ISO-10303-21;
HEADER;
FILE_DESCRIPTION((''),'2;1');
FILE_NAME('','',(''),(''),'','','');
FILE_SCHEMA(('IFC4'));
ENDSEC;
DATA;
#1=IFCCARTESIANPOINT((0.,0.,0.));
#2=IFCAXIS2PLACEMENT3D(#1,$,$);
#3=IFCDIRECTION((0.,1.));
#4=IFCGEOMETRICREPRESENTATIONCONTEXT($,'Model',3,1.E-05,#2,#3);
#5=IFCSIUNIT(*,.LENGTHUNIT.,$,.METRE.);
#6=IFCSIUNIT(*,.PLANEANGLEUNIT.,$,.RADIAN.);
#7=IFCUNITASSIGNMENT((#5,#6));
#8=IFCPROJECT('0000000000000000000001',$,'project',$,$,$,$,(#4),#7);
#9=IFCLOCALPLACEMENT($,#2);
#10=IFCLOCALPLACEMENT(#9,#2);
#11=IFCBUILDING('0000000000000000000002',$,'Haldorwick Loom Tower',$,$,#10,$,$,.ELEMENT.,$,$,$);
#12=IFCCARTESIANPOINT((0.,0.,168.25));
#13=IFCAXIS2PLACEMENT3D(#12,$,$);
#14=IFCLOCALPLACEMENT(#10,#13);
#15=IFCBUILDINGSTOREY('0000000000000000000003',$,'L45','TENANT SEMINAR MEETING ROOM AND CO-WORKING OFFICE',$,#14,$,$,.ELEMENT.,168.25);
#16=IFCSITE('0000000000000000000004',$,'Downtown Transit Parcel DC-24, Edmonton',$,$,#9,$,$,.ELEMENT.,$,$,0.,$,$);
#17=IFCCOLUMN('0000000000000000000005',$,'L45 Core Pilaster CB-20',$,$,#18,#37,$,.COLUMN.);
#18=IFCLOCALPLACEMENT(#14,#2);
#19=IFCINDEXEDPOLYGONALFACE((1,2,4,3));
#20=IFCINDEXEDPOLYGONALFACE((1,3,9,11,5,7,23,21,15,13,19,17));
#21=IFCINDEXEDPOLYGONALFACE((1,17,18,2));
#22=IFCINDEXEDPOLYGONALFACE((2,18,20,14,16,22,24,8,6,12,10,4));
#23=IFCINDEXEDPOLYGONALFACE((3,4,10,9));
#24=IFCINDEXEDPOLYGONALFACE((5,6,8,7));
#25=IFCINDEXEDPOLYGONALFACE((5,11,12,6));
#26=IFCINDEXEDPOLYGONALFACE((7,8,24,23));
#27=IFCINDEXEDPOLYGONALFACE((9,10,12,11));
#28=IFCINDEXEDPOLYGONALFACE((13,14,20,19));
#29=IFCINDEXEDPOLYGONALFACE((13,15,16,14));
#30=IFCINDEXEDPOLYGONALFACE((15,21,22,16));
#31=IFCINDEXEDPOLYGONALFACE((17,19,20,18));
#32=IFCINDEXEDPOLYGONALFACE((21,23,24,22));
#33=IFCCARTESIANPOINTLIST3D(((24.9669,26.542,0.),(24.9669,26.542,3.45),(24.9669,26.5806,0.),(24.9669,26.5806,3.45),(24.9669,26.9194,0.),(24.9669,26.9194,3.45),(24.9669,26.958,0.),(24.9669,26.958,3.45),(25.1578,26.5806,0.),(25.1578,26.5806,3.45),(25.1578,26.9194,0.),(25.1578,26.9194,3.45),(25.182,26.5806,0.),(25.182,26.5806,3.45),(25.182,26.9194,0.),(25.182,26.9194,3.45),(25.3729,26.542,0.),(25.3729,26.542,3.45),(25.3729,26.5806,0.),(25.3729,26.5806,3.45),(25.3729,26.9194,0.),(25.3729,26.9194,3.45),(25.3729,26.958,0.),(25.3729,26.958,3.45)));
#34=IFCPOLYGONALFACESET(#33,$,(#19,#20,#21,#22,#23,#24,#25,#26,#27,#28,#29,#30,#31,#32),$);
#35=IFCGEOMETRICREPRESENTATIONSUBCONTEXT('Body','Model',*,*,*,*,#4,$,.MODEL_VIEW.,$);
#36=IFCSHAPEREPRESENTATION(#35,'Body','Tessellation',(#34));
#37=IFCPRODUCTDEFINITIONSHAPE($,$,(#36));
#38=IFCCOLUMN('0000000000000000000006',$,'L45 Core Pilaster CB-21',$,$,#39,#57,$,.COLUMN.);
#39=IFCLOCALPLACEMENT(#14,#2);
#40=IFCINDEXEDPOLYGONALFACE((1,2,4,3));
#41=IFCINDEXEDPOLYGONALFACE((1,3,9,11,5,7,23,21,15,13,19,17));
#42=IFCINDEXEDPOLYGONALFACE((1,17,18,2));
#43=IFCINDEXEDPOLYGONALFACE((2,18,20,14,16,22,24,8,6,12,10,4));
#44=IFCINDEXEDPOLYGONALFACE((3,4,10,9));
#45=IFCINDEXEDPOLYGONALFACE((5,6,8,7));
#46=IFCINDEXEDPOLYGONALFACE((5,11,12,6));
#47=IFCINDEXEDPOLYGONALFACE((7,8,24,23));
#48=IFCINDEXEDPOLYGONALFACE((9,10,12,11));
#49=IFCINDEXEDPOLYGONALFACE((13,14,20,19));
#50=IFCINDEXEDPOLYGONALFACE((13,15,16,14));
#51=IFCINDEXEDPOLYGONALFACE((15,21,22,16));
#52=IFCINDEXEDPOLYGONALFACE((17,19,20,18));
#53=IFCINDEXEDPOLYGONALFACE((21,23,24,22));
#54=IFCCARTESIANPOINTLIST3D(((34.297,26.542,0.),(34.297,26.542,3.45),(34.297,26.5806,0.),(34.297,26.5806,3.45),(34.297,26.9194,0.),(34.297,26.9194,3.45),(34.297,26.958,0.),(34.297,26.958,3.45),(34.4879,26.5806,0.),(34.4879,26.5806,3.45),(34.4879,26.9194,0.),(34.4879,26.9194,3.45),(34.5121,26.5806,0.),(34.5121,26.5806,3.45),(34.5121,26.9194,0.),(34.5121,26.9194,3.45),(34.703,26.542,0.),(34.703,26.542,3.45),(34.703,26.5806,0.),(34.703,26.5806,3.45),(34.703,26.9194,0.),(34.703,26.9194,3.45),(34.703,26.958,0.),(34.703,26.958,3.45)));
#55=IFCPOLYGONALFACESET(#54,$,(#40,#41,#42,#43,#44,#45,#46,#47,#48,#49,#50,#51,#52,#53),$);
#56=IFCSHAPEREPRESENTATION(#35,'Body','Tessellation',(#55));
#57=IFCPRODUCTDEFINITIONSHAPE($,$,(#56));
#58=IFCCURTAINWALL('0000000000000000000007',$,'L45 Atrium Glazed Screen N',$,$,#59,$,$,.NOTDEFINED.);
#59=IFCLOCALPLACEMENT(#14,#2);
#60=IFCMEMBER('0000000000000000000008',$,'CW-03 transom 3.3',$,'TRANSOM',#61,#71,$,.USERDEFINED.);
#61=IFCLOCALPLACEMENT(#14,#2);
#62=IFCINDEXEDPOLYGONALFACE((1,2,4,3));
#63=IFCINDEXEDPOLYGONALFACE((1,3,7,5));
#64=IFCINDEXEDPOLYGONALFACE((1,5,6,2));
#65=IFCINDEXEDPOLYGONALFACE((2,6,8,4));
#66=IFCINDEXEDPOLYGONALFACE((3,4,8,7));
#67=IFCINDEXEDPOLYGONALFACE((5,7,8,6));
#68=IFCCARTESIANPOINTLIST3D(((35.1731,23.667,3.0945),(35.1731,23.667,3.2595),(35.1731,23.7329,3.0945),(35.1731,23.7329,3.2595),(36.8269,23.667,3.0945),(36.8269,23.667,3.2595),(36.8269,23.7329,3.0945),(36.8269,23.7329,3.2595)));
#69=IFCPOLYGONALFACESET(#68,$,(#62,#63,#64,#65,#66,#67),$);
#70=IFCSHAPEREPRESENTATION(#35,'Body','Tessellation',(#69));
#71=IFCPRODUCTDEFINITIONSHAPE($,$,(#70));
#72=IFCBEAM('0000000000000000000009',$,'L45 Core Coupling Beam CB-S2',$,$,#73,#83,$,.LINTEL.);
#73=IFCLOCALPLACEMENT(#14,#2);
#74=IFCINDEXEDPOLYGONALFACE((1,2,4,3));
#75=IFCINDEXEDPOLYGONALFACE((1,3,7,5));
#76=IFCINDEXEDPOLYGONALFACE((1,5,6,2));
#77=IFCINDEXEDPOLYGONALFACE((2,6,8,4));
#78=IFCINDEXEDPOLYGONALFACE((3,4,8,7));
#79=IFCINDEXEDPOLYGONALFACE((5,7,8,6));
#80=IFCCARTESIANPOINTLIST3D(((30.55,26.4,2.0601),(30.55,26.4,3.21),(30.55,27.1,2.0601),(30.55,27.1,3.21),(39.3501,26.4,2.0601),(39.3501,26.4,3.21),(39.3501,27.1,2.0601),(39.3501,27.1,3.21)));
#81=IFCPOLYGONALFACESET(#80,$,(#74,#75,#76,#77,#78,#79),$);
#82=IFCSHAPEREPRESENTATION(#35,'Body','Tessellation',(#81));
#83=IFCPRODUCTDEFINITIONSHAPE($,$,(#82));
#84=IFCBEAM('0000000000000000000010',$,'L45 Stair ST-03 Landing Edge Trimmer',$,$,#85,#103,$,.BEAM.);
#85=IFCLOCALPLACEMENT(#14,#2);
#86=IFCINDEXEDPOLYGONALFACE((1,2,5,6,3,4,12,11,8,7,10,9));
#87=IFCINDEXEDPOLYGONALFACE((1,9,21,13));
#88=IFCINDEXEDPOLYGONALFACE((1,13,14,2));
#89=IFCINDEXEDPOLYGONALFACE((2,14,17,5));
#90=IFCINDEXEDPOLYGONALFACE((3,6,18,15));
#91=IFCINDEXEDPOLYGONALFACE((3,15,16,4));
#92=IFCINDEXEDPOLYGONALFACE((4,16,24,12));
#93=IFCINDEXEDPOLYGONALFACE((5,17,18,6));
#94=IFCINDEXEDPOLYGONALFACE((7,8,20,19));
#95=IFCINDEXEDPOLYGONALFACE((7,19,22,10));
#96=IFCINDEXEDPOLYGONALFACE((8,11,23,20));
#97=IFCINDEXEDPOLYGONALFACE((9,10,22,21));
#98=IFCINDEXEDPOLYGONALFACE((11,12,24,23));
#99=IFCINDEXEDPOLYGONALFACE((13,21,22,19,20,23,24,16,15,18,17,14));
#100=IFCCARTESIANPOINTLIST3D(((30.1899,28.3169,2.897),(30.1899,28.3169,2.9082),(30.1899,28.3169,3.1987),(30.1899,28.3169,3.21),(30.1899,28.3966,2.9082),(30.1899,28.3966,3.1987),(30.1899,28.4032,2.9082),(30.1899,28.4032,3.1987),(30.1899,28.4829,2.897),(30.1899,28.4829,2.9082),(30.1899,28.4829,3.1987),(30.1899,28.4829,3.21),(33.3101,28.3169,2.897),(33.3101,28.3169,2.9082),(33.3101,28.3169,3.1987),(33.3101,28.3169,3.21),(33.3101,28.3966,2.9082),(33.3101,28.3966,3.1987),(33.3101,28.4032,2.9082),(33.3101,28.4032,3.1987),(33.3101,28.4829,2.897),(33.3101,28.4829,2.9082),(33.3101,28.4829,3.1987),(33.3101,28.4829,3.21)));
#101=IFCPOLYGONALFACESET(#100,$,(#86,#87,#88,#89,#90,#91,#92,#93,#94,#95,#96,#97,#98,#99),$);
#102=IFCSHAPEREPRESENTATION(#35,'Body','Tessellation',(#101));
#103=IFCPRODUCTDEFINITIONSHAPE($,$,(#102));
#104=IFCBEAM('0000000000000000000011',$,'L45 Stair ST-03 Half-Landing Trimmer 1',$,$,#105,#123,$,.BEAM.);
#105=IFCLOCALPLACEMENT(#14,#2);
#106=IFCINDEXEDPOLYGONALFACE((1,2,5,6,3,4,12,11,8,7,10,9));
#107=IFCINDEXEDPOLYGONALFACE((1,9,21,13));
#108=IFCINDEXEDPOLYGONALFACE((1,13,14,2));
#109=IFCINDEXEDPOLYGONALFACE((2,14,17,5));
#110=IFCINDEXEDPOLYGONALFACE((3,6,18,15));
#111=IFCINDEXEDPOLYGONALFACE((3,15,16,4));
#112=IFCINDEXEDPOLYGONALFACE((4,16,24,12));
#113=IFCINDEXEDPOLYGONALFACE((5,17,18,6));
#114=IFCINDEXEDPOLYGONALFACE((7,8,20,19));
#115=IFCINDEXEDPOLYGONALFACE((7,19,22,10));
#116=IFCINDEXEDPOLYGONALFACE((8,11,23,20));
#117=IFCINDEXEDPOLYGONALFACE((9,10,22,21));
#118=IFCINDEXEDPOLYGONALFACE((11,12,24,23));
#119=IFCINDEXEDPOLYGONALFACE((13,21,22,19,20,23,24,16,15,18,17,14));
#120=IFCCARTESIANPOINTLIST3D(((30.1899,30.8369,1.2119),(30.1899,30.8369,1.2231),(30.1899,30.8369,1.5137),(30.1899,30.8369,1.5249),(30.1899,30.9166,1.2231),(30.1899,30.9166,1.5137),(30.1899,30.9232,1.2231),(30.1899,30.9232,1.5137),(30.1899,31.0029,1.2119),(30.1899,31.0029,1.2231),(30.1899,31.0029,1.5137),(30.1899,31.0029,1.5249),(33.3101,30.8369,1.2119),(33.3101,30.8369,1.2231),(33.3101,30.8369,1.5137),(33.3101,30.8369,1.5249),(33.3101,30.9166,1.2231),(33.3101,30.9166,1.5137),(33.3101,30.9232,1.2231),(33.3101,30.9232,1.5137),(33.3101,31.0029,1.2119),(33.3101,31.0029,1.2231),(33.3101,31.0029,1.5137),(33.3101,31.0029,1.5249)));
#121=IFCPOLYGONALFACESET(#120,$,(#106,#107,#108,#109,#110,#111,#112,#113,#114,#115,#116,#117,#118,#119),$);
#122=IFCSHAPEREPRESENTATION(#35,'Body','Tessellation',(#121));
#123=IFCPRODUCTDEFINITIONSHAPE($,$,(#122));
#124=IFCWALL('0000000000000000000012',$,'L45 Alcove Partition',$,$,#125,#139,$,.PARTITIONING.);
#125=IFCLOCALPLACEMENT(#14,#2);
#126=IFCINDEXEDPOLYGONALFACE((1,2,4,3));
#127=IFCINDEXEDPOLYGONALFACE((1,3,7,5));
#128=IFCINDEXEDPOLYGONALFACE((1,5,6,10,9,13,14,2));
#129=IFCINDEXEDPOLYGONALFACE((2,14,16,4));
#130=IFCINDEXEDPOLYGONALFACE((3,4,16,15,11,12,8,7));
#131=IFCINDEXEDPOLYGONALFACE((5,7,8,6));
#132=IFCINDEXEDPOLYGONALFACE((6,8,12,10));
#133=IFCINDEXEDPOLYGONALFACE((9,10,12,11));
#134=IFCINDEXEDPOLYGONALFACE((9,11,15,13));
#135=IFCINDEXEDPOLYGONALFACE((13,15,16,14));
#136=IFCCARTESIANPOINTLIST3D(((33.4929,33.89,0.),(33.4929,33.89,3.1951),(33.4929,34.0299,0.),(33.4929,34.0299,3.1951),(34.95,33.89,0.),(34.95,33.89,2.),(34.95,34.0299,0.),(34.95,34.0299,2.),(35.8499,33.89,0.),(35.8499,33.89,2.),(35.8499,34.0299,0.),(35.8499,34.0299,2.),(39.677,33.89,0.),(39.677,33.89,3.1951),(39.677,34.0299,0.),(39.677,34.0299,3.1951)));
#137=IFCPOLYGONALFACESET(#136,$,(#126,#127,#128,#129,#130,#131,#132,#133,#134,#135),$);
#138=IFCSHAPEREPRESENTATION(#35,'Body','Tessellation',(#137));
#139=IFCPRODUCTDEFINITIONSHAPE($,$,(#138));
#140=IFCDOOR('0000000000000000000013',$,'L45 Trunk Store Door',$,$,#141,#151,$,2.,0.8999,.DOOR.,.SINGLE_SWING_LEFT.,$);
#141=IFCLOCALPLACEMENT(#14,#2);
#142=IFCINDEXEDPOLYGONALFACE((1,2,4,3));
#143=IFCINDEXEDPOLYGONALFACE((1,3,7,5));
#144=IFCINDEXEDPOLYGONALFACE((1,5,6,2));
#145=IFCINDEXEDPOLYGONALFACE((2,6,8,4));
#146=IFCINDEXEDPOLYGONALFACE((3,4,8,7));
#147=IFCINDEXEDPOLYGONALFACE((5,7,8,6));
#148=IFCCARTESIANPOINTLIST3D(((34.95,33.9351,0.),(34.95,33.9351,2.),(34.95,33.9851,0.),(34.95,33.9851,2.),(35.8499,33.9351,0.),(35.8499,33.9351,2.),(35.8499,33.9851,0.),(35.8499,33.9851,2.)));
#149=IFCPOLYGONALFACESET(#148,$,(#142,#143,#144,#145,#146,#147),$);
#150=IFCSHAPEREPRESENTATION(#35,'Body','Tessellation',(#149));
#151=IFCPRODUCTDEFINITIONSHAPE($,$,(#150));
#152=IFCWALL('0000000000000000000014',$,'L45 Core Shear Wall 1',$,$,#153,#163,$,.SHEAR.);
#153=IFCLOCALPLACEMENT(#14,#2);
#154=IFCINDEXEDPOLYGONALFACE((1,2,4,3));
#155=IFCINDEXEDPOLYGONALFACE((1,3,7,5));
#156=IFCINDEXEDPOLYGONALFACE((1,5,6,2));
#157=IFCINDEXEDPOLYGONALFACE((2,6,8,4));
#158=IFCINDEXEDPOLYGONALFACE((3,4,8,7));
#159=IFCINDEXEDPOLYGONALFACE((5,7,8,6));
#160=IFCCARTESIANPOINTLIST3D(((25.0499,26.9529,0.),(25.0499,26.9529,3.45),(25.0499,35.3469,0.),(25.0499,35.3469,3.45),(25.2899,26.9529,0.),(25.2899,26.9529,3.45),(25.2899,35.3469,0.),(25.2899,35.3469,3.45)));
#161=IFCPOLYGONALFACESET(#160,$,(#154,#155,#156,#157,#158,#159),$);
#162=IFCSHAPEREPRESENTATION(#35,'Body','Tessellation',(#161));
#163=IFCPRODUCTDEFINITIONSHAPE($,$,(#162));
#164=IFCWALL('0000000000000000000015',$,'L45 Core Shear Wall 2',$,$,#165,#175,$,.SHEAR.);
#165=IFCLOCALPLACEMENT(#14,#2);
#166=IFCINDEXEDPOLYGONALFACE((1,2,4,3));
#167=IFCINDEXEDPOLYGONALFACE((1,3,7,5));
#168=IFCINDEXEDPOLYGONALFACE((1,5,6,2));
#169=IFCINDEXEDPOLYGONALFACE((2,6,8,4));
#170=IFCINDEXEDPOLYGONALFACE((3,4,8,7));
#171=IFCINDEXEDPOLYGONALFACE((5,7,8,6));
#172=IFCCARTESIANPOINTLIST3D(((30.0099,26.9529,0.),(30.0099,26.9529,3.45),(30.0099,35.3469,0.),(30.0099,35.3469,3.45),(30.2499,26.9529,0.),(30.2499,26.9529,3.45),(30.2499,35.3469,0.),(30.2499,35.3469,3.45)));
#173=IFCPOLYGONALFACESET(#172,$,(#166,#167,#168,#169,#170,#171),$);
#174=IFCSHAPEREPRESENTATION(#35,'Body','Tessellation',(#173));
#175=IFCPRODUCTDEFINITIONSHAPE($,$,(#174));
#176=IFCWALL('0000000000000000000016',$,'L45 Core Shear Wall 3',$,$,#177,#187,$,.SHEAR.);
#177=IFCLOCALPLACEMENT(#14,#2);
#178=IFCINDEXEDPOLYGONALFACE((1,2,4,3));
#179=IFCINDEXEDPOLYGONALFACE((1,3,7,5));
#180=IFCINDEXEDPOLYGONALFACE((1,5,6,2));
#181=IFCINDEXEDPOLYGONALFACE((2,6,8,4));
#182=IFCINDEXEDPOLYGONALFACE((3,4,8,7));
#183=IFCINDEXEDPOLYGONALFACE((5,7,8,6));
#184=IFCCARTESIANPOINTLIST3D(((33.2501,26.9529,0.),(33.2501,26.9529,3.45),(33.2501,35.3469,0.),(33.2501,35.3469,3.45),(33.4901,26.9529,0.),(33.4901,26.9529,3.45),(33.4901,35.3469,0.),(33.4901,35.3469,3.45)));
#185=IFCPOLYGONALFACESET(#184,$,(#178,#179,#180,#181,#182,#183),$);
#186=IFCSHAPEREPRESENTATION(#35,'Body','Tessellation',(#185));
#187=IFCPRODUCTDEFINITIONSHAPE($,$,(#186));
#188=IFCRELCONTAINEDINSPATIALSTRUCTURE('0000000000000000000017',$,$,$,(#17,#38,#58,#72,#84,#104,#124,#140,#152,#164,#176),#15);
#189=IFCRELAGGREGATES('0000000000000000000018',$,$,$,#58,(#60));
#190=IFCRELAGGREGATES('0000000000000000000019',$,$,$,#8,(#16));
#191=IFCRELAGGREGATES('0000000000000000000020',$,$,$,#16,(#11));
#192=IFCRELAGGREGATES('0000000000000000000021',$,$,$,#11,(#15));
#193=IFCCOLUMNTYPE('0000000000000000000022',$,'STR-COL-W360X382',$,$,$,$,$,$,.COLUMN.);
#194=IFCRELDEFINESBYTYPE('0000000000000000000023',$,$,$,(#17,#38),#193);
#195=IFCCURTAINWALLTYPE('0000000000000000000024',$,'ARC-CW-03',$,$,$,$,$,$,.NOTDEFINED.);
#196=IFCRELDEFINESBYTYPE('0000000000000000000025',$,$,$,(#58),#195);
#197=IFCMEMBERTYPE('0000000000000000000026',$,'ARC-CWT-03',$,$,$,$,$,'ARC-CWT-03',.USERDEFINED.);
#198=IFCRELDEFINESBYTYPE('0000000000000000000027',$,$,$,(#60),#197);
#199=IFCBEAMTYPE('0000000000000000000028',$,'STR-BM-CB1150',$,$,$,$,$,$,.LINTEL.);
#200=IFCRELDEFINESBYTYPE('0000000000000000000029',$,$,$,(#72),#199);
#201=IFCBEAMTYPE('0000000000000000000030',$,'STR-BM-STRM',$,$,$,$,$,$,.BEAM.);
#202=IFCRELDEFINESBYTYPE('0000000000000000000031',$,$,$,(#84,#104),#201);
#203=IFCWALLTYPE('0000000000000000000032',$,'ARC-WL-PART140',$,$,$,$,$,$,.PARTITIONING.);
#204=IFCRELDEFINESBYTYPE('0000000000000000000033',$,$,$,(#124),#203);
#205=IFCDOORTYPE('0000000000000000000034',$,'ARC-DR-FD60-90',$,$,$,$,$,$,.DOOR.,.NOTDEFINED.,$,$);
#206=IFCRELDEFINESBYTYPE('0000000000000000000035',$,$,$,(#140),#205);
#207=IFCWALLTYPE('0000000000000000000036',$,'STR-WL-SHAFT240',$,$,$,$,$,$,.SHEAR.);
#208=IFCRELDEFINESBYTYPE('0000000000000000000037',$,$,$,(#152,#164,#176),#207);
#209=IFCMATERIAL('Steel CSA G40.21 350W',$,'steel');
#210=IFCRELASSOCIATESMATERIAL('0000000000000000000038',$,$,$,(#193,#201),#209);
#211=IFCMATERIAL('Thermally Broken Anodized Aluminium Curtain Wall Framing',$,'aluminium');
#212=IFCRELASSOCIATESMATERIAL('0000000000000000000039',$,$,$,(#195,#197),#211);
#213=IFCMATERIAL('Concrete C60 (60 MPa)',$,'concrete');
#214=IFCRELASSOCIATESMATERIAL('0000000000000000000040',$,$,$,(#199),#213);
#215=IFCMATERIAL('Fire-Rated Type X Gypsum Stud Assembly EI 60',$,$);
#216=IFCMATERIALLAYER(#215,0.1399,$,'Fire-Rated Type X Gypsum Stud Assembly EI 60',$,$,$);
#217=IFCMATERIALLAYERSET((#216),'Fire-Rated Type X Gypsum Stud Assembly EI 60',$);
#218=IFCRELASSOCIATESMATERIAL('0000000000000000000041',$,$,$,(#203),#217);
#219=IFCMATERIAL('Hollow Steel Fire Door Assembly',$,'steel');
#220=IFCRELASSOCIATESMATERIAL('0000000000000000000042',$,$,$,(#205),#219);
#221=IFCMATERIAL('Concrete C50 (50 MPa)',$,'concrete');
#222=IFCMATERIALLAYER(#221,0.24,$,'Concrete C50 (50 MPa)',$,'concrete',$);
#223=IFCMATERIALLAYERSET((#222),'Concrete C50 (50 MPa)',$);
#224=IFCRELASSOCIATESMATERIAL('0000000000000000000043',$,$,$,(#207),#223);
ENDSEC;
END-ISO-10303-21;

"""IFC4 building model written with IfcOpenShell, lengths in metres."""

from ifc_helpers import new_model, si_unit, direction, frame, frame_2d, origin, origin_2d, place, context, subcontext, project, spatial, rectangle, i_section, extrude, material, layer, layer_set, material_profile, profile_set, type_object, element, fill, aggregate, save


model = new_model("IFC4")

# Units and contexts
model_context = context("Model", 3, precision=1e-05, world=origin(), true_north=direction((0.0, 1.0)))
body_context = subcontext(model_context, "Body", "Model", "MODEL_VIEW")
ifc_project = project(units=[si_unit("LENGTHUNIT", "METRE"), si_unit("PLANEANGLEUNIT", "RADIAN")], contexts=[model_context])

# Site, building, storey
site_placement = place(None, origin())
site = spatial("IfcSite", under=ifc_project, at=site_placement, Name="Downtown Transit Parcel DC-24, Edmonton", CompositionType="ELEMENT", RefElevation=0.0)
building_placement = place(site_placement, origin())
building = spatial("IfcBuilding", under=site, at=building_placement, Name="Haldorwick Loom Tower", CompositionType="ELEMENT")
storey_placement = place(building_placement, frame((0.0, 0.0, 168.25)))
storey = spatial("IfcBuildingStorey", under=building, at=storey_placement, Name="L45", Description="TENANT SEMINAR MEETING ROOM AND CO-WORKING OFFICE", CompositionType="ELEMENT", Elevation=168.25)

# Columns
ifc_material_1 = material(Name="Steel CSA G40.21 350W", Category="steel")
ifc_material_profile_1 = material_profile(ifc_material_1, i_section(OverallWidth=0.406, OverallDepth=0.416, WebThickness=0.0242, FlangeThickness=0.0386, at=origin_2d()), Name="W360X382", Category="steel")
ifc_profile_set_1 = profile_set([ifc_material_profile_1], Name="Steel CSA G40.21 350W")
column_type = type_object("IfcColumnType", Name="STR-COL-W360X382", PredefinedType="COLUMN", material=ifc_profile_set_1)
for number, where, z_axis, x_axis, name in (
    (1, (25.1699, 26.75, 0.0), (0.0, 0.0, 1.0), (1.0, 0.0, 0.0), "L45 Core Pilaster CB-20"),
    (2, (34.5, 26.75, 0.0), (0.0, 0.0, 1.0), (1.0, 0.0, 0.0), "L45 Core Pilaster CB-21"),
):
    element("IfcColumn", number, at=place(storey_placement, frame(where, z_axis=z_axis, x_axis=x_axis)), inside=storey, type_object=column_type, Name=name, PredefinedType="COLUMN", context=body_context, shape_type="SweptSolid", body=[
        extrude(i_section(OverallWidth=0.406, OverallDepth=0.416, WebThickness=0.0242, FlangeThickness=0.0386, at=origin_2d()), origin(), (0.0, 0.0, 1.0), 3.45),
    ])

# Curtain wall, member
ifc_material_2 = material(Name="Thermally Broken Anodized Aluminium Curtain Wall Framing", Category="aluminium")
curtain_wall_type = type_object("IfcCurtainWallType", Name="ARC-CW-03", PredefinedType="NOTDEFINED", material=ifc_material_2)
curtain_wall_placement = place(storey_placement, origin())
curtain_wall = element("IfcCurtainWall", 3, at=curtain_wall_placement, inside=storey, type_object=curtain_wall_type, Name="L45 Atrium Glazed Screen N", PredefinedType="NOTDEFINED")
ifc_material_profile_2 = material_profile(ifc_material_2, rectangle(XDim=0.0659, YDim=0.165, at=origin_2d()), Name="ALU_TRN_66X165", Category="aluminium")
ifc_profile_set_2 = profile_set([ifc_material_profile_2], Name="Thermally Broken Anodized Aluminium Curtain Wall Framing")
member_type = type_object("IfcMemberType", Name="ARC-CWT-03", ElementType="ARC-CWT-03", PredefinedType="USERDEFINED", material=ifc_profile_set_2)
member_placement = place(storey_placement, frame((35.1731, 23.7, 3.177), z_axis=(1.0, 0.0, 0.0), x_axis=(0.0, 1.0, 0.0)))
member = element("IfcMember", 4, at=member_placement, type_object=member_type, Name="CW-03 transom 3.3", ObjectType="TRANSOM", PredefinedType="USERDEFINED", context=body_context, shape_type="SweptSolid", body=[
    extrude(rectangle(XDim=0.0659, YDim=0.165, at=origin_2d()), origin(), (0.0, 0.0, 1.0), 1.6538),
])
aggregate(curtain_wall, [member])

# Beams
ifc_material_3 = material(Name="Concrete C60 (60 MPa)", Category="concrete")
ifc_material_profile_3 = material_profile(ifc_material_3, rectangle(XDim=0.7, YDim=1.1499, at=origin_2d()), Name="RC700X1150", Category="concrete")
ifc_profile_set_3 = profile_set([ifc_material_profile_3], Name="Concrete C60 (60 MPa)")
beam_type_1 = type_object("IfcBeamType", Name="STR-BM-CB1150", PredefinedType="LINTEL", material=ifc_profile_set_3)
beam_placement = place(storey_placement, frame((30.55, 26.75, 2.635), z_axis=(1.0, 0.0, 0.0), x_axis=(0.0, 1.0, 0.0)))
element("IfcBeam", 5, at=beam_placement, inside=storey, type_object=beam_type_1, Name="L45 Core Coupling Beam CB-S2", PredefinedType="LINTEL", context=body_context, shape_type="SweptSolid", body=[
    extrude(rectangle(XDim=0.7, YDim=1.1499, at=origin_2d()), origin(), (0.0, 0.0, 1.0), 8.8),
])
ifc_material_profile_4 = material_profile(ifc_material_1, i_section(OverallWidth=0.166, OverallDepth=0.313, WebThickness=0.0066, FlangeThickness=0.0112, at=origin_2d()), Name="W310X45", Category="steel")
ifc_profile_set_4 = profile_set([ifc_material_profile_4], Name="Steel CSA G40.21 350W")
beam_type_2 = type_object("IfcBeamType", Name="STR-BM-STRM", PredefinedType="BEAM", material=ifc_profile_set_4)
for number, where, z_axis, x_axis, name in (
    (6, (30.1899, 28.3999, 3.0535), (1.0, 0.0, 0.0), (0.0, 1.0, 0.0), "L45 Stair ST-03 Landing Edge Trimmer"),
    (7, (30.1899, 30.9199, 1.3684), (1.0, 0.0, 0.0), (0.0, 1.0, 0.0), "L45 Stair ST-03 Half-Landing Trimmer 1"),
):
    element("IfcBeam", number, at=place(storey_placement, frame(where, z_axis=z_axis, x_axis=x_axis)), inside=storey, type_object=beam_type_2, Name=name, PredefinedType="BEAM", context=body_context, shape_type="SweptSolid", body=[
        extrude(i_section(OverallWidth=0.166, OverallDepth=0.313, WebThickness=0.0066, FlangeThickness=0.0112, at=origin_2d()), origin(), (0.0, 0.0, 1.0), 3.1201),
    ])

# Wall, opening, door
ifc_material_4 = material(Name="Fire-Rated Type X Gypsum Stud Assembly EI 60")
ifc_layer_1 = layer(ifc_material_4, 0.1399, Name="Fire-Rated Type X Gypsum Stud Assembly EI 60")
ifc_layer_set_1 = layer_set([ifc_layer_1], Name="Fire-Rated Type X Gypsum Stud Assembly EI 60")
wall_type_1 = type_object("IfcWallType", Name="ARC-WL-PART140", PredefinedType="PARTITIONING", material=ifc_layer_set_1)
wall_1_placement = place(storey_placement, frame((33.4929, 33.96, 0.0), z_axis=(0.0, 0.0, 1.0), x_axis=(1.0, 0.0, 0.0)))
wall_1 = element("IfcWall", 8, at=wall_1_placement, inside=storey, type_object=wall_type_1, Name="L45 Alcove Partition", PredefinedType="PARTITIONING", context=body_context, shape_type="SweptSolid", body=[
    extrude(rectangle(XDim=6.1841, YDim=0.1399, at=frame_2d((3.092, 0.0))), origin(), (0.0, 0.0, 1.0), 3.1951),
])
opening_1_placement = place(wall_1_placement, frame((1.457, 0.0, 0.0)))
opening_1 = element("IfcOpeningElement", 9, at=opening_1_placement, cuts=wall_1, PredefinedType="OPENING", context=body_context, shape_type="SweptSolid", body=[
    extrude(rectangle(XDim=0.8999, YDim=2.0, at=frame_2d((0.45, 1.0))), frame((0.0, 0.0798, 0.0), z_axis=(0.0, -1.0, 0.0), x_axis=(1.0, 0.0, 0.0)), (0.0, 0.0, 1.0), 0.1599),
])
ifc_material_5 = material(Name="Hollow Steel Fire Door Assembly", Category="steel")
door_type_1 = type_object("IfcDoorType", Name="ARC-DR-FD60-90", OperationType="NOTDEFINED", PredefinedType="DOOR", material=ifc_material_5)
door_1_placement = place(opening_1_placement, frame((0.8999, 0.0, 0.0), z_axis=(0.0, 0.0, 1.0), x_axis=(-1.0, 0.0, 0.0)))
door_1 = element("IfcDoor", 10, at=door_1_placement, inside=storey, type_object=door_type_1, Name="L45 Trunk Store Door", OperationType="SINGLE_SWING_LEFT", OverallHeight=2.0, OverallWidth=0.8999, PredefinedType="DOOR", context=body_context, shape_type="SweptSolid", body=[
    extrude(rectangle(XDim=0.8999, YDim=2.0, at=frame_2d((0.45, 1.0))), frame((0.0, 0.0249, 0.0), z_axis=(0.0, -1.0, 0.0), x_axis=(1.0, 0.0, 0.0)), (0.0, 0.0, 1.0), 0.05),
])
fill(opening_1, door_1)

# Walls
ifc_material_6 = material(Name="Concrete C50 (50 MPa)", Category="concrete")
ifc_layer_2 = layer(ifc_material_6, 0.24, Name="Concrete C50 (50 MPa)", Category="concrete")
ifc_layer_set_2 = layer_set([ifc_layer_2], Name="Concrete C50 (50 MPa)")
wall_type_2 = type_object("IfcWallType", Name="STR-WL-SHAFT240", PredefinedType="SHEAR", material=ifc_layer_set_2)
for number, where, z_axis, x_axis, name in (
    (11, (25.1699, 26.9529, 0.0), (0.0, 0.0, 1.0), (0.0, 1.0, 0.0), "L45 Core Shear Wall 1"),
    (12, (30.1299, 26.9529, 0.0), (0.0, 0.0, 1.0), (0.0, 1.0, 0.0), "L45 Core Shear Wall 2"),
    (13, (33.3701, 26.9529, 0.0), (0.0, 0.0, 1.0), (0.0, 1.0, 0.0), "L45 Core Shear Wall 3"),
):
    element("IfcWall", number, at=place(storey_placement, frame(where, z_axis=z_axis, x_axis=x_axis)), inside=storey, type_object=wall_type_2, Name=name, PredefinedType="SHEAR", context=body_context, shape_type="SweptSolid", body=[
        extrude(rectangle(XDim=8.394, YDim=0.24, at=frame_2d((4.197, 0.0))), origin(), (0.0, 0.0, 1.0), 3.45),
    ])

save(model, "model.ifc")
